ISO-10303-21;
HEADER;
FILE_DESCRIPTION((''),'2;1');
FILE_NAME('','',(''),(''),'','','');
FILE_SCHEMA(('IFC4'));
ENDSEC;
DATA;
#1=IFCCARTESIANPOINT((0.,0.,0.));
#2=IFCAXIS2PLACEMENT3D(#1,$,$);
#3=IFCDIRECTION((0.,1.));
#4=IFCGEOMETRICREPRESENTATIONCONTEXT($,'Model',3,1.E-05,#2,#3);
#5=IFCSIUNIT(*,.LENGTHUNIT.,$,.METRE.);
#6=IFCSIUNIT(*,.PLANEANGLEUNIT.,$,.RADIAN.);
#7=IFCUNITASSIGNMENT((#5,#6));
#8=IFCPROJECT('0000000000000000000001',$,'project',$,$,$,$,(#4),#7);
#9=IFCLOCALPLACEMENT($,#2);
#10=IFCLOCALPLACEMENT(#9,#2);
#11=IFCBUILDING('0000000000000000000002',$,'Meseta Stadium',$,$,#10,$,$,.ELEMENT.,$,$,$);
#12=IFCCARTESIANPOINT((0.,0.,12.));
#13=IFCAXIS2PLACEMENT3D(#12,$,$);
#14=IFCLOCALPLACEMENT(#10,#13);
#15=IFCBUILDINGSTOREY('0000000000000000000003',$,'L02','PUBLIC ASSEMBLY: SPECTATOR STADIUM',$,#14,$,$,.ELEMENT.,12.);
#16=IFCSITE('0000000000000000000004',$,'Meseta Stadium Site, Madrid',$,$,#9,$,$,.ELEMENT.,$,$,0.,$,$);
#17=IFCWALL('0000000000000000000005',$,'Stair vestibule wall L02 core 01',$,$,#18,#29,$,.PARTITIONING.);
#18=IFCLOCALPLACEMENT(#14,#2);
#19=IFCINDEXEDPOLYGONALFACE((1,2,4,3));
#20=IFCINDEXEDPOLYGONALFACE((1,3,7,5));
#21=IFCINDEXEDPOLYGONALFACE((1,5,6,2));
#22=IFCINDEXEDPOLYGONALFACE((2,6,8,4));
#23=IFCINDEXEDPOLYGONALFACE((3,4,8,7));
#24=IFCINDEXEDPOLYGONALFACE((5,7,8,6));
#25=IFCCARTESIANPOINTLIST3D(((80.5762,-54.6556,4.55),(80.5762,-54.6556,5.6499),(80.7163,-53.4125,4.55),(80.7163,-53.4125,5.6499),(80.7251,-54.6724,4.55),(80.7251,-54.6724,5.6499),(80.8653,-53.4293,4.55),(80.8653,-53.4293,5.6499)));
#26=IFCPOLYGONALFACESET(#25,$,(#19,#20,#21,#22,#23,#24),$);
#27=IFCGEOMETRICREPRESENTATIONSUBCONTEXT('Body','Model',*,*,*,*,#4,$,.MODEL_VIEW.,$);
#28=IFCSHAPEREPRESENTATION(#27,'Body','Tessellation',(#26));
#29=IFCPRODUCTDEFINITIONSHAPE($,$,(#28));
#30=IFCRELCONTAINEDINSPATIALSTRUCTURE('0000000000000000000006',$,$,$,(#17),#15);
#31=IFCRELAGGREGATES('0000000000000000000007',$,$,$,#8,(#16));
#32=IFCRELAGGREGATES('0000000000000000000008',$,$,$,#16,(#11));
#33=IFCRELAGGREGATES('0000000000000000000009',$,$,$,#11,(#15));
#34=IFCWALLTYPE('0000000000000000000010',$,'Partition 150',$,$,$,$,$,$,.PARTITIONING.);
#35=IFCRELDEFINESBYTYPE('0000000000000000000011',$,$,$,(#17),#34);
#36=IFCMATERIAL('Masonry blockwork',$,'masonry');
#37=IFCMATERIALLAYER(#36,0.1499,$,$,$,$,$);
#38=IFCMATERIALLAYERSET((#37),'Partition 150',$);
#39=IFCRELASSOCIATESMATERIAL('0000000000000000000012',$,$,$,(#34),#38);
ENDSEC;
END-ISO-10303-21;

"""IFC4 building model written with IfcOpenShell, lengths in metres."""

from ifc_helpers import new_model, si_unit, direction, frame, frame_2d, origin, place, context, subcontext, project, spatial, rectangle, extrude, material, layer, layer_set, type_object, element, save


model = new_model("IFC4")

# Units and contexts
model_context = context("Model", 3, precision=1e-05, world=origin(), true_north=direction((0.0, 1.0)))
body_context = subcontext(model_context, "Body", "Model", "MODEL_VIEW")
ifc_project = project(units=[si_unit("LENGTHUNIT", "METRE"), si_unit("PLANEANGLEUNIT", "RADIAN")], contexts=[model_context])

# Site, building, storey
site_placement = place(None, origin())
site = spatial("IfcSite", under=ifc_project, at=site_placement, Name="Meseta Stadium Site, Madrid", CompositionType="ELEMENT", RefElevation=0.0)
building_placement = place(site_placement, origin())
building = spatial("IfcBuilding", under=site, at=building_placement, Name="Meseta Stadium", CompositionType="ELEMENT")
storey_placement = place(building_placement, frame((0.0, 0.0, 12.0)))
storey = spatial("IfcBuildingStorey", under=building, at=storey_placement, Name="L02", Description="PUBLIC ASSEMBLY: SPECTATOR STADIUM", CompositionType="ELEMENT", Elevation=12.0)

# Shared definitions
ifc_material_1 = material(Name="Masonry blockwork", Category="masonry")
ifc_layer_1 = layer(ifc_material_1, 0.1499)
ifc_layer_set_1 = layer_set([ifc_layer_1], Name="Partition 150")
wall_type_1 = type_object("IfcWallType", Name="Partition 150", PredefinedType="PARTITIONING", material=ifc_layer_set_1)

# Wall
wall_1_placement = place(storey_placement, frame((80.7908, -53.4209, 4.55), z_axis=(0.0, 0.0, 1.0), x_axis=(-0.112016, -0.993706, 0.0)))
element("IfcWall", 1, at=wall_1_placement, inside=storey, type_object=wall_type_1, Name="Stair vestibule wall L02 core 01", PredefinedType="PARTITIONING", context=body_context, shape_type="SweptSolid", body=[
    extrude(rectangle(XDim=1.251, YDim=0.1499, at=frame_2d((0.6255, 0.0))), origin(), (0.0, 0.0, 1.0), 1.0999),
])

save(model, "model.ifc")
